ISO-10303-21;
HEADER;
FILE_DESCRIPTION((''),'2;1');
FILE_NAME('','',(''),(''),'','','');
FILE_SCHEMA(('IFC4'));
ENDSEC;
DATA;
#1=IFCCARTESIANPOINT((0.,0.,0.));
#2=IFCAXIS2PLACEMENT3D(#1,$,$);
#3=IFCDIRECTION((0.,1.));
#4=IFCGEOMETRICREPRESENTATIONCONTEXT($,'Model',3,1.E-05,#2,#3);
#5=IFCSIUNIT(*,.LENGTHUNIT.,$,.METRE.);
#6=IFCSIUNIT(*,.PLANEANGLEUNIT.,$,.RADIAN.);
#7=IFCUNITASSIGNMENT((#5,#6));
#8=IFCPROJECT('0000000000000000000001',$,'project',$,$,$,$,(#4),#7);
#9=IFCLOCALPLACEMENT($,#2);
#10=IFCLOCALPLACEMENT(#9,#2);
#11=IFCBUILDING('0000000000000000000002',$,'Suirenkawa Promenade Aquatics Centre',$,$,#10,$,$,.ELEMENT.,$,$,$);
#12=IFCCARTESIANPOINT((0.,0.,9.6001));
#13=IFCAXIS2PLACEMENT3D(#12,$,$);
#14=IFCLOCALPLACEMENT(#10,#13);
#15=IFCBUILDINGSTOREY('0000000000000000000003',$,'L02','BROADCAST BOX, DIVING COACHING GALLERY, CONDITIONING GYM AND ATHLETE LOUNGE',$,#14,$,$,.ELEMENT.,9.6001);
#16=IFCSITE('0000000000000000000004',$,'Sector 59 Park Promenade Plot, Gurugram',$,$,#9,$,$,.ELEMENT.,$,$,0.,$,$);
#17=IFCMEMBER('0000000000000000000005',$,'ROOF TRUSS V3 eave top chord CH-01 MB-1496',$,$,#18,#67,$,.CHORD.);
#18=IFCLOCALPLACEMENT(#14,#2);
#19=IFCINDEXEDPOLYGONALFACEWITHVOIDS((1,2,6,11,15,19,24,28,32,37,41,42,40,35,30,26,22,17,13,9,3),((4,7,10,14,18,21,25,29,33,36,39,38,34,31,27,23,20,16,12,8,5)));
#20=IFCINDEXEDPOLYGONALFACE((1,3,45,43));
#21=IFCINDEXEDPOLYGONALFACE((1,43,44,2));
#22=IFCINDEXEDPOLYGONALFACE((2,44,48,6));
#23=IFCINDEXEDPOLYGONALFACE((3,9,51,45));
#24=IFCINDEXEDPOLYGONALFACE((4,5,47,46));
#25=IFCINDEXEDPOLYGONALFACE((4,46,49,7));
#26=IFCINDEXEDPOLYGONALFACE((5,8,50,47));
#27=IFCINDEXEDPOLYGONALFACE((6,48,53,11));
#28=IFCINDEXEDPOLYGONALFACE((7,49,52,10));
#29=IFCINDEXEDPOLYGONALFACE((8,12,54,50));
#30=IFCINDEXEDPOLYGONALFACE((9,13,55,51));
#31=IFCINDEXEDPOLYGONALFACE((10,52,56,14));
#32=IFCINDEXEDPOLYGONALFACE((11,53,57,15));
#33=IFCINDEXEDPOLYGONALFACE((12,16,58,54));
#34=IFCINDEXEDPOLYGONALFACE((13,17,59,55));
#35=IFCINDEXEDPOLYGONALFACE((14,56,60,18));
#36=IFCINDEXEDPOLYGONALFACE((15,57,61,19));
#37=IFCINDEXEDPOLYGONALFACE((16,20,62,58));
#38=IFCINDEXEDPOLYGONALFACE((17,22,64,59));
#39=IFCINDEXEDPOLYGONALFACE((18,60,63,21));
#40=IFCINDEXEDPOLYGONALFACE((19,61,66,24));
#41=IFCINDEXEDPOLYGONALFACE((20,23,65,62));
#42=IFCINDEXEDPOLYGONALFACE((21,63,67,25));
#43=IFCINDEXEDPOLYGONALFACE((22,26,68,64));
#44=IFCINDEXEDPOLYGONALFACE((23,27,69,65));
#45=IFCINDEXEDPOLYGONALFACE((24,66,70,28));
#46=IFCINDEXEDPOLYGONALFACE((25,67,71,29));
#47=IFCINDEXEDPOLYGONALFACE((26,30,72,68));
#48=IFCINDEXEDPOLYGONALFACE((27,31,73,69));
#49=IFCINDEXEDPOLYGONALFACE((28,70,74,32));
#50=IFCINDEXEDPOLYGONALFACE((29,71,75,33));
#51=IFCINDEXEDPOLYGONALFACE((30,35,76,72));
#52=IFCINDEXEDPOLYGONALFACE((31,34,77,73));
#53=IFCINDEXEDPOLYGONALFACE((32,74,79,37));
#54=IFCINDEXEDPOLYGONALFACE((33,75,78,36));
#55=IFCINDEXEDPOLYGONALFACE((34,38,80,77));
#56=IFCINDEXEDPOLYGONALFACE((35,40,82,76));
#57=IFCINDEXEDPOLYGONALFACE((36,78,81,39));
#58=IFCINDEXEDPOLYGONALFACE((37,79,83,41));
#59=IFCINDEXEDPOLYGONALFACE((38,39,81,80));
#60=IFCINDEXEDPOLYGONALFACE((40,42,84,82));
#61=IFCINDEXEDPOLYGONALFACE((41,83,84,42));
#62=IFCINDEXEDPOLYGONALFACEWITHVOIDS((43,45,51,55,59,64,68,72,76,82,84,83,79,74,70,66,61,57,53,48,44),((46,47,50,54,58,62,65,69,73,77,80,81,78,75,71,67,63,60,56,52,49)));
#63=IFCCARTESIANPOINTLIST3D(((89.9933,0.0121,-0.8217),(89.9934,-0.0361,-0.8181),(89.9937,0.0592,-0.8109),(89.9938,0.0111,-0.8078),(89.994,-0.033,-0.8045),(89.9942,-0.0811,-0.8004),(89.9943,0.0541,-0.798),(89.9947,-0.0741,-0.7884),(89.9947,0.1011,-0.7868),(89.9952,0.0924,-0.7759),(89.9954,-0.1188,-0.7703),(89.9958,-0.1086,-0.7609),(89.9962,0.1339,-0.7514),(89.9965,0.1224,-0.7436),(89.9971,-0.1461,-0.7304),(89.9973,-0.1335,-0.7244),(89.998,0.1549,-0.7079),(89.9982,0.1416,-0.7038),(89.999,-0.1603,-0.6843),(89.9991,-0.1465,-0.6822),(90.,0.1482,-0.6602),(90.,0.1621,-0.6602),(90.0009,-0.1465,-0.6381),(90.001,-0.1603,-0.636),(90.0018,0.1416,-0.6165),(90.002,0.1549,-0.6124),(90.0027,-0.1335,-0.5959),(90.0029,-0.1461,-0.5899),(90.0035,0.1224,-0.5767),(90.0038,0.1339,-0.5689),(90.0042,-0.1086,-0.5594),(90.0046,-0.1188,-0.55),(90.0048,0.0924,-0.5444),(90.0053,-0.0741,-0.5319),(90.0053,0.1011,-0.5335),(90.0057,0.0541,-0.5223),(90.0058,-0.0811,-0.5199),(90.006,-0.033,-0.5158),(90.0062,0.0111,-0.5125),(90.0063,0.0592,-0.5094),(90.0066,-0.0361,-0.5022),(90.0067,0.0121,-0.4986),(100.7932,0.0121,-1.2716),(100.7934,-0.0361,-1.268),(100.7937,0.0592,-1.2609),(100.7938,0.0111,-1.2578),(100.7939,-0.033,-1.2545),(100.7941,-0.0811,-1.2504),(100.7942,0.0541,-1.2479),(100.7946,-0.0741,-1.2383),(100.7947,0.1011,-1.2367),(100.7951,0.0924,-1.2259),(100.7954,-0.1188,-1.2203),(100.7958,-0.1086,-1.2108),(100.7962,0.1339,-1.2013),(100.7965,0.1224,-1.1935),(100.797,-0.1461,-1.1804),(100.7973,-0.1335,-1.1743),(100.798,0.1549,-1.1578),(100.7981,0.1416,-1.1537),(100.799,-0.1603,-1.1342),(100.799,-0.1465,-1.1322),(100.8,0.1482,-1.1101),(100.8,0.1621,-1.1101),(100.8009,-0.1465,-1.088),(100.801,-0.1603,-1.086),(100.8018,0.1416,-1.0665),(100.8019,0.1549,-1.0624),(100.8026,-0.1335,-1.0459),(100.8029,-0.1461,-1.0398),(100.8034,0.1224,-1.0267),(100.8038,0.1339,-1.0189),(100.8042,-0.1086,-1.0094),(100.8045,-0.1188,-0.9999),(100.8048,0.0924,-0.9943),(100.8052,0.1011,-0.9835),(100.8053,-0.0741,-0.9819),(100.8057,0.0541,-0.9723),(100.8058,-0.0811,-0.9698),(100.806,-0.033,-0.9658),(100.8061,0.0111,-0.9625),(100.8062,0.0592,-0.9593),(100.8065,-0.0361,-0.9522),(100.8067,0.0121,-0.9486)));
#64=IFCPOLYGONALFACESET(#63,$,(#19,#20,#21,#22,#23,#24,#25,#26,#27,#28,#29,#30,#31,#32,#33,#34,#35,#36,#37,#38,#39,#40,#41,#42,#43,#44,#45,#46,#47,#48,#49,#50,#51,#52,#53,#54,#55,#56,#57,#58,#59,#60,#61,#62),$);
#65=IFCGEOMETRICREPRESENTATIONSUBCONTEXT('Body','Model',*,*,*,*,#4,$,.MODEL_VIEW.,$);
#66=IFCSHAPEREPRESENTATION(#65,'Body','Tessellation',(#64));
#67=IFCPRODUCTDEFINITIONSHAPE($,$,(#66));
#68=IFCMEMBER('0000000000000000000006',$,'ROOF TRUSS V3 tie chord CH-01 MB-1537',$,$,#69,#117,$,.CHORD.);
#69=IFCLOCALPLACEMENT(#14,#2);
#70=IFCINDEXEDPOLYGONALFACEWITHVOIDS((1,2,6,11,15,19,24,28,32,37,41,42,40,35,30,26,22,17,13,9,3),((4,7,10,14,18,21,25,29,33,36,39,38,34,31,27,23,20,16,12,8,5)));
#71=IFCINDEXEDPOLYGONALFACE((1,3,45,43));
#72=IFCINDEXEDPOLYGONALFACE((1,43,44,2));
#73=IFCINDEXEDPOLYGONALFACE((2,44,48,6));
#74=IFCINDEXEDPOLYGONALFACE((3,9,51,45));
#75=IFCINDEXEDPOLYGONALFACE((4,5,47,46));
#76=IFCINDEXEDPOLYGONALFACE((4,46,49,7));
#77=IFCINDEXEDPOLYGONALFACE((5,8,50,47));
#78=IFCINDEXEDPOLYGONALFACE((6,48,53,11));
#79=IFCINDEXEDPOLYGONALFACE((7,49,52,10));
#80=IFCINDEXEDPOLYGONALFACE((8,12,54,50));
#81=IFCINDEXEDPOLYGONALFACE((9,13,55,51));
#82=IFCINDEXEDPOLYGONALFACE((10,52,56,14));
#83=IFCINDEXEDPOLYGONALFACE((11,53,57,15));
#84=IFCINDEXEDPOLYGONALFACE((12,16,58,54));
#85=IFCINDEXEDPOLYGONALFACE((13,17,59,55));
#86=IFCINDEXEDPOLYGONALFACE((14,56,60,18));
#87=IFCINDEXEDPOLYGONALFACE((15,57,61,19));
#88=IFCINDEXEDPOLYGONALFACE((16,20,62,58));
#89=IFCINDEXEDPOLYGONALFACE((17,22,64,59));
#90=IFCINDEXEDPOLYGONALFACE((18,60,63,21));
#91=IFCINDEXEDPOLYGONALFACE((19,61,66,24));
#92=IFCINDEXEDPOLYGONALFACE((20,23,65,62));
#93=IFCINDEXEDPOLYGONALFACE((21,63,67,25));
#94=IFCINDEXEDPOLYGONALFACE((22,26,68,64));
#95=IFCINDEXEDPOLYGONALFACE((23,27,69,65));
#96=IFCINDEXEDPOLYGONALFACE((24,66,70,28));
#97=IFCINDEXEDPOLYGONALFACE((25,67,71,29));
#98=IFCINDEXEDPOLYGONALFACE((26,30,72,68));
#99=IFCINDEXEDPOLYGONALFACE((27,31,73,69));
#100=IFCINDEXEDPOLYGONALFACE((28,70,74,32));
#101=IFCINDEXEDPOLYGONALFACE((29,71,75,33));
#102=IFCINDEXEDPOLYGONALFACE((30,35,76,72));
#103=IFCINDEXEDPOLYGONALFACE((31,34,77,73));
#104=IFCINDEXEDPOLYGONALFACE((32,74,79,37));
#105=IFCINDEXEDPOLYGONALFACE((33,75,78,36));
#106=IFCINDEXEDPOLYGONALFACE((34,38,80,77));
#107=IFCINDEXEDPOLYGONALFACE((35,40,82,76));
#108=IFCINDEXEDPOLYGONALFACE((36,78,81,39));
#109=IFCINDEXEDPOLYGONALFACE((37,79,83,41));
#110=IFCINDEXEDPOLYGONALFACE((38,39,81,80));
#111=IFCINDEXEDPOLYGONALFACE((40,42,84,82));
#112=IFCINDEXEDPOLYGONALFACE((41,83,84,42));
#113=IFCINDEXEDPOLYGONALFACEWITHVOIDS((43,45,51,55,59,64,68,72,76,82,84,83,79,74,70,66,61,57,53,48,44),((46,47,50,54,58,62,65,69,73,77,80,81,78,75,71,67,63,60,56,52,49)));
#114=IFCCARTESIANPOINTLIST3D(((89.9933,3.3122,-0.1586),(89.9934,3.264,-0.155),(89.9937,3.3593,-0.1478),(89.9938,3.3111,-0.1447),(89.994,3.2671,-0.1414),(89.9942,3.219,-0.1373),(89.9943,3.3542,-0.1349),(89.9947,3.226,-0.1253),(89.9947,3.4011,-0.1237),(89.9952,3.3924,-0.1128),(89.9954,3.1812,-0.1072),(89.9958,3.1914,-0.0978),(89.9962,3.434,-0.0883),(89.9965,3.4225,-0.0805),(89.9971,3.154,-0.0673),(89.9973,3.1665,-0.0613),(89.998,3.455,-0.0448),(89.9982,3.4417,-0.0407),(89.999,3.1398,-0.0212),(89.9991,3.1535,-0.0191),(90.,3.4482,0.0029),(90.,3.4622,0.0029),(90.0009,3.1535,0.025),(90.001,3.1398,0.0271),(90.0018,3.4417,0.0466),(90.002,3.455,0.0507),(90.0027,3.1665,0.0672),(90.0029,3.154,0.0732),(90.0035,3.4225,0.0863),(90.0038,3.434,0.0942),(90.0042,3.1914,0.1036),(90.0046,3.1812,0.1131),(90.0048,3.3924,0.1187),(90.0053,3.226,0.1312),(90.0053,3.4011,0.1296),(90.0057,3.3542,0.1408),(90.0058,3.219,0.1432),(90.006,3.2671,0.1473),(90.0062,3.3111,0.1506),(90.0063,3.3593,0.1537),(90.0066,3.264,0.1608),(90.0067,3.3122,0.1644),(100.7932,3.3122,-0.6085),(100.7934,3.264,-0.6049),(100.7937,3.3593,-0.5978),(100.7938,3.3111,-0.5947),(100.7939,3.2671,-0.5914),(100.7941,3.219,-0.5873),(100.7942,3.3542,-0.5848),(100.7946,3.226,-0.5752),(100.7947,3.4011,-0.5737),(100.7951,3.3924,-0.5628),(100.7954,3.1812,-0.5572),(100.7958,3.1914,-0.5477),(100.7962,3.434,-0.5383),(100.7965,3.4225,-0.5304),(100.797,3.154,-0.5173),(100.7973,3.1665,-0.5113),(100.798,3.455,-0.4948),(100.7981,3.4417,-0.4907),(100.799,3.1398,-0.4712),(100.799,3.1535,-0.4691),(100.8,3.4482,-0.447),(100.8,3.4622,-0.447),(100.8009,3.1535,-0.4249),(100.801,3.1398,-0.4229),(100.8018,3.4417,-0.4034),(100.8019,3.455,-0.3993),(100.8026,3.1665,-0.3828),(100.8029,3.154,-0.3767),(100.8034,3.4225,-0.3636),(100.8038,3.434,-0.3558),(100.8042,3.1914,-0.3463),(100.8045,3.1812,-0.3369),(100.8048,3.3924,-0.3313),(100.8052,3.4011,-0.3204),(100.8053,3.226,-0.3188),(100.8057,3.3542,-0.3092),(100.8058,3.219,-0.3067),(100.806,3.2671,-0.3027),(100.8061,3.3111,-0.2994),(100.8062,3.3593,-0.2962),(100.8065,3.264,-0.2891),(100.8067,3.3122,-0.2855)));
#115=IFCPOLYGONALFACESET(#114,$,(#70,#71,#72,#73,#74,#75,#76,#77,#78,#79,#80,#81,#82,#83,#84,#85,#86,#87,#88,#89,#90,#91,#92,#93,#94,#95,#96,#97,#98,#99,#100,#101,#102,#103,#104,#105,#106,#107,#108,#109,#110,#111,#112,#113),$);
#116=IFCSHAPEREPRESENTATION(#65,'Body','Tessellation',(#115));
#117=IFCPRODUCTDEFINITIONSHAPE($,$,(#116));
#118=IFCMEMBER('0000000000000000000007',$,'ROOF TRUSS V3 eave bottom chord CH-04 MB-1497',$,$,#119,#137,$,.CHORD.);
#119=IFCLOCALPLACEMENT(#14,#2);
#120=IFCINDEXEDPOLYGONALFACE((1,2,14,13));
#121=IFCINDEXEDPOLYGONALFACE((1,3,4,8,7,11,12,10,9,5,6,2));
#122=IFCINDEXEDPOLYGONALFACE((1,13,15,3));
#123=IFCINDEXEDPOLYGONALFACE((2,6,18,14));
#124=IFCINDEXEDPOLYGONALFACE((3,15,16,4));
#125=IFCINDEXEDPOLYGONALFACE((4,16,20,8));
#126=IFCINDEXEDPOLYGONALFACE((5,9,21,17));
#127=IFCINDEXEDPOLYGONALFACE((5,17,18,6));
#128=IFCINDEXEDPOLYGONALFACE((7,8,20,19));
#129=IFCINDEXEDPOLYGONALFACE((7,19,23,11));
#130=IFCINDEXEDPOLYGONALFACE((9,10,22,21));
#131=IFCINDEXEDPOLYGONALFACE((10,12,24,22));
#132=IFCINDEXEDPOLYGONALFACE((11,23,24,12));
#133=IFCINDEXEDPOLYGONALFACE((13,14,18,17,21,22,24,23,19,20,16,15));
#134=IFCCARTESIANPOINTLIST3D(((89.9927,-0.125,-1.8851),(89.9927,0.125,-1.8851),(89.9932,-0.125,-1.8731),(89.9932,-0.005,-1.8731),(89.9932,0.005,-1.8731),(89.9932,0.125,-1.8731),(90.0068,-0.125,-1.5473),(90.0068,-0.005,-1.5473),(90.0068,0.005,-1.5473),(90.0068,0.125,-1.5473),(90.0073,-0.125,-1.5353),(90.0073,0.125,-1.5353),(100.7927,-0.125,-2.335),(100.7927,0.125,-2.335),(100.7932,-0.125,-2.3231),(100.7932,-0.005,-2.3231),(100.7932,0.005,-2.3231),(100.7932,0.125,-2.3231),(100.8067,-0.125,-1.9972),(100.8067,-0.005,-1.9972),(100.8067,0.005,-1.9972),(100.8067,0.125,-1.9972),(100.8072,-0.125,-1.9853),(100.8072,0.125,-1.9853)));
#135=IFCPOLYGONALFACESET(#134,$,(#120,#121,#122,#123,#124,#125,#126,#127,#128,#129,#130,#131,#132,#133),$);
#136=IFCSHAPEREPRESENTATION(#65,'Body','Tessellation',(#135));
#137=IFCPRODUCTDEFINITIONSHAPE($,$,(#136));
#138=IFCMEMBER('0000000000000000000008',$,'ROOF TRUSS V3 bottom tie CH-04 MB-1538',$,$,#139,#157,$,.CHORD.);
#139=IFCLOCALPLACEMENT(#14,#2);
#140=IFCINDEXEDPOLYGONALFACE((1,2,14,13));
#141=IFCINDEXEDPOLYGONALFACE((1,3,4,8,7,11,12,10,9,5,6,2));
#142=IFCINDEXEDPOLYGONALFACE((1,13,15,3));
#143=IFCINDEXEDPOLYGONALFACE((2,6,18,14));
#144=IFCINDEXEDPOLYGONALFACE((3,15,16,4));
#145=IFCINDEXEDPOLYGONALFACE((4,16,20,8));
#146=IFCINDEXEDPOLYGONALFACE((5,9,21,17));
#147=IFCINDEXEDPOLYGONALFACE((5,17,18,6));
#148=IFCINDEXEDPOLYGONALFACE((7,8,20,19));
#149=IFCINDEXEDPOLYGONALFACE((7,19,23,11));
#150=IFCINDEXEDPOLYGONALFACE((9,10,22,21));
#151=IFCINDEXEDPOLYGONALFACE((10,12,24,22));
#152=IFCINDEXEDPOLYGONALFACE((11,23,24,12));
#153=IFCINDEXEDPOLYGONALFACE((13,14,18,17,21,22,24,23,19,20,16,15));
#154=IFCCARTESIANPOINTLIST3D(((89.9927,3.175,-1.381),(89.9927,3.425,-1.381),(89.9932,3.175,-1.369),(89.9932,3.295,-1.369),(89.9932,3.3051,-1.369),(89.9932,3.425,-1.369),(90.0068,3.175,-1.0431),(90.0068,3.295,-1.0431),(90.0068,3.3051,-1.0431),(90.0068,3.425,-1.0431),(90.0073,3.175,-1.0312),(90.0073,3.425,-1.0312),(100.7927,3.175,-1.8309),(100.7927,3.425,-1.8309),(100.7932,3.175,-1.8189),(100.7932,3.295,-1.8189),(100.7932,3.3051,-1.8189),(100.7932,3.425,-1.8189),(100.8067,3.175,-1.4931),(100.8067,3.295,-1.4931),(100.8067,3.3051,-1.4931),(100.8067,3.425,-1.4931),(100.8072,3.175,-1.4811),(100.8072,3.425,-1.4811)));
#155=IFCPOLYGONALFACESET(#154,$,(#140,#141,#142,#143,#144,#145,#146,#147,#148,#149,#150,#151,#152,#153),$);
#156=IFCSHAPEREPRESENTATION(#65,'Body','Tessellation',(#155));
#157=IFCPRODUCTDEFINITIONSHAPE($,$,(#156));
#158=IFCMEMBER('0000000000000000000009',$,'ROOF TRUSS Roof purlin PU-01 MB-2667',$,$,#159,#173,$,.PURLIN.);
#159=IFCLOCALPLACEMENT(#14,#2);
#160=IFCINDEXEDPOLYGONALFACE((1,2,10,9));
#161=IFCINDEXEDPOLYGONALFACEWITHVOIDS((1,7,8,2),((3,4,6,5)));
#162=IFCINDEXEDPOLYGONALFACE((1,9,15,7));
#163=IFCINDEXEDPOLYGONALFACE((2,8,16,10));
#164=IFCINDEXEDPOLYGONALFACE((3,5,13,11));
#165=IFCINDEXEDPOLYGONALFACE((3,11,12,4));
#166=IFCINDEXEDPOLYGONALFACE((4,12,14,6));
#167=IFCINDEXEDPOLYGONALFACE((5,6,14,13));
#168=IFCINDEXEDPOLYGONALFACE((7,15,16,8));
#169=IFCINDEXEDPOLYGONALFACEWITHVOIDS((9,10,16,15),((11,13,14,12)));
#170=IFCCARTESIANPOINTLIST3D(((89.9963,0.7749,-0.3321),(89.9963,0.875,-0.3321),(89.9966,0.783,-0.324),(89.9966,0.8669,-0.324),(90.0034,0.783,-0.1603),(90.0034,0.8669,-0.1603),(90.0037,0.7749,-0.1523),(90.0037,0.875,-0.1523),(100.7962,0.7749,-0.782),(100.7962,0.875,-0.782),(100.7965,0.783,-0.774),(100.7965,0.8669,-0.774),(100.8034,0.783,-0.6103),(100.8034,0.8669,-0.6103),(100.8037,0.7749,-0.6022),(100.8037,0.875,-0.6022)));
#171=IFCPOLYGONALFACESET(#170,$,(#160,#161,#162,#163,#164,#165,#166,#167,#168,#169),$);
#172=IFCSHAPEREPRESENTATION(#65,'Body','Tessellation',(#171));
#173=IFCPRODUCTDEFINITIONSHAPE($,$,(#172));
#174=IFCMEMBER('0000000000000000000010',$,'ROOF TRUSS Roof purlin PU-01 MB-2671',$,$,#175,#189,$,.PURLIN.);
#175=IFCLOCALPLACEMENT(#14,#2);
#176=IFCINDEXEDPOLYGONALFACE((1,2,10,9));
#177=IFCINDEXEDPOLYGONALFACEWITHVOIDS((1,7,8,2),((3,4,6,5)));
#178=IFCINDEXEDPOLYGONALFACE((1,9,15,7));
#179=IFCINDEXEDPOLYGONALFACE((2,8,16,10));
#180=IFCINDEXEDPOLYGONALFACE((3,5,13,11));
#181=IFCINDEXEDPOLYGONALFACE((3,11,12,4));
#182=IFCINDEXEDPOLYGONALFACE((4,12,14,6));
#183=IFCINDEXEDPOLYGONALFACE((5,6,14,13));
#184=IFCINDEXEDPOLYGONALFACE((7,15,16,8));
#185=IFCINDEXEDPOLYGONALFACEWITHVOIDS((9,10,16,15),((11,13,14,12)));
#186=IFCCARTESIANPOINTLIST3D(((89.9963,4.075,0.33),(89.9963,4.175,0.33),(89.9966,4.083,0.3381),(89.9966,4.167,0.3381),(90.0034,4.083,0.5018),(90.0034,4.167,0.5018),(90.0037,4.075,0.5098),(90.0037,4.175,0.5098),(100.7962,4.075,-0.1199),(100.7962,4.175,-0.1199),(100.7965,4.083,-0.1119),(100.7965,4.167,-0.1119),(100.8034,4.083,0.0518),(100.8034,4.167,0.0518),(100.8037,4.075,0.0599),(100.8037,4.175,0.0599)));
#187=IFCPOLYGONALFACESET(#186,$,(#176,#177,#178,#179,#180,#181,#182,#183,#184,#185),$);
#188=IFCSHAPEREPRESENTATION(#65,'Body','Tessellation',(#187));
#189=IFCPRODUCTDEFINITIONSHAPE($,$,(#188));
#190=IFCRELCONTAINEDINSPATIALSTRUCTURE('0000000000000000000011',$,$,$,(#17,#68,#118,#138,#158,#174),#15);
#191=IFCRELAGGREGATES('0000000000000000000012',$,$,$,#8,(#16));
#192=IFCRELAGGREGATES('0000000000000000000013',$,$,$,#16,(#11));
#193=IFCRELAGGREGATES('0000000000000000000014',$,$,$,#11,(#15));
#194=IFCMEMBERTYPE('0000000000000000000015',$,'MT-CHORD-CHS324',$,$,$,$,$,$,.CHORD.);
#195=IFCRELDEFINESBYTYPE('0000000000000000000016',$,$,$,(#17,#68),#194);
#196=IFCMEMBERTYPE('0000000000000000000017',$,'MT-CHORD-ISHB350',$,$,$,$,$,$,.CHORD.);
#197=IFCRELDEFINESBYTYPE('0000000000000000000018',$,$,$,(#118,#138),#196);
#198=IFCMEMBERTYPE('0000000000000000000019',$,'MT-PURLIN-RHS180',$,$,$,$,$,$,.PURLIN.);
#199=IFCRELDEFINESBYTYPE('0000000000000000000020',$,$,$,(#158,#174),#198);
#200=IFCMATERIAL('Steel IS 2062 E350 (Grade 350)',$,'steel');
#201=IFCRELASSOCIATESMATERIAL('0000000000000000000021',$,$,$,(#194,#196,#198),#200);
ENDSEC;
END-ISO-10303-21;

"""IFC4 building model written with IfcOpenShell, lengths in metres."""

from ifc_helpers import new_model, si_unit, direction, frame, origin, origin_2d, place, context, subcontext, project, spatial, hollow_rectangle, hollow_circle, i_section, extrude, material, material_profile, profile_set, type_object, element, save


model = new_model("IFC4")

# Units and contexts
model_context = context("Model", 3, precision=1e-05, world=origin(), true_north=direction((0.0, 1.0)))
body_context = subcontext(model_context, "Body", "Model", "MODEL_VIEW")
ifc_project = project(units=[si_unit("LENGTHUNIT", "METRE"), si_unit("PLANEANGLEUNIT", "RADIAN")], contexts=[model_context])

# Site, building, storey
site_placement = place(None, origin())
site = spatial("IfcSite", under=ifc_project, at=site_placement, Name="Sector 59 Park Promenade Plot, Gurugram", CompositionType="ELEMENT", RefElevation=0.0)
building_placement = place(site_placement, origin())
building = spatial("IfcBuilding", under=site, at=building_placement, Name="Suirenkawa Promenade Aquatics Centre", CompositionType="ELEMENT")
storey_placement = place(building_placement, frame((0.0, 0.0, 9.6001)))
storey = spatial("IfcBuildingStorey", under=building, at=storey_placement, Name="L02", Description="BROADCAST BOX, DIVING COACHING GALLERY, CONDITIONING GYM AND ATHLETE LOUNGE", CompositionType="ELEMENT", Elevation=9.6001)

# Shared definitions
ifc_material_1 = material(Name="Steel IS 2062 E350 (Grade 350)", Category="steel")

# Members
ifc_material_profile_1 = material_profile(ifc_material_1, hollow_circle(Radius=0.1621, WallThickness=0.0139, at=origin_2d()), Name="CHS 324x14", Category="steel")
ifc_profile_set_1 = profile_set([ifc_material_profile_1], Name="Steel IS 2062 E350 (Grade 350)")
member_type_1 = type_object("IfcMemberType", Name="MT-CHORD-CHS324", PredefinedType="CHORD", material=ifc_profile_set_1)
for number, where, z_axis, x_axis, name in (
    (1, (90.0, 0.0, -0.6602), (0.999133, 0.0, -0.041626), (0.0, 1.0, 0.0), "ROOF TRUSS V3 eave top chord CH-01 MB-1496"),
    (2, (90.0, 3.3, 0.0029), (0.999133, 0.0, -0.041626), (0.0, 1.0, 0.0), "ROOF TRUSS V3 tie chord CH-01 MB-1537"),
):
    element("IfcMember", number, at=place(storey_placement, frame(where, z_axis=z_axis, x_axis=x_axis)), inside=storey, type_object=member_type_1, Name=name, PredefinedType="CHORD", context=body_context, shape_type="SweptSolid", body=[
        extrude(hollow_circle(Radius=0.1621, WallThickness=0.0139, at=origin_2d()), origin(), (0.0, 0.0, 1.0), 10.8093),
    ])
ifc_material_profile_2 = material_profile(ifc_material_1, i_section(OverallWidth=0.25, OverallDepth=0.3501, WebThickness=0.01, FlangeThickness=0.012, at=origin_2d()), Name="ISHB 350", Category="steel")
ifc_profile_set_2 = profile_set([ifc_material_profile_2], Name="Steel IS 2062 E350 (Grade 350)")
member_type_2 = type_object("IfcMemberType", Name="MT-CHORD-ISHB350", PredefinedType="CHORD", material=ifc_profile_set_2)
for number, where, z_axis, x_axis, name in (
    (3, (90.0, 0.0, -1.7102), (0.999133, 0.0, -0.041626), (0.0, 1.0, 0.0), "ROOF TRUSS V3 eave bottom chord CH-04 MB-1497"),
    (4, (90.0, 3.3, -1.2061), (0.999133, 0.0, -0.041626), (0.0, 1.0, 0.0), "ROOF TRUSS V3 bottom tie CH-04 MB-1538"),
):
    element("IfcMember", number, at=place(storey_placement, frame(where, z_axis=z_axis, x_axis=x_axis)), inside=storey, type_object=member_type_2, Name=name, PredefinedType="CHORD", context=body_context, shape_type="SweptSolid", body=[
        extrude(i_section(OverallWidth=0.25, OverallDepth=0.3501, WebThickness=0.01, FlangeThickness=0.012, at=origin_2d()), origin(), (0.0, 0.0, 1.0), 10.8093),
    ])
ifc_material_profile_3 = material_profile(ifc_material_1, hollow_rectangle(XDim=0.1001, YDim=0.1799, WallThickness=0.0081, at=origin_2d()), Name="RHS 180x100x8", Category="steel")
ifc_profile_set_3 = profile_set([ifc_material_profile_3], Name="Steel IS 2062 E350 (Grade 350)")
member_type_3 = type_object("IfcMemberType", Name="MT-PURLIN-RHS180", PredefinedType="PURLIN", material=ifc_profile_set_3)
for number, where, z_axis, x_axis, name in (
    (5, (90.0, 0.825, -0.2422), (0.999133, 0.0, -0.041626), (0.0, 1.0, 0.0), "ROOF TRUSS Roof purlin PU-01 MB-2667"),
    (6, (90.0, 4.125, 0.4199), (0.999133, 0.0, -0.041626), (0.0, 1.0, 0.0), "ROOF TRUSS Roof purlin PU-01 MB-2671"),
):
    element("IfcMember", number, at=place(storey_placement, frame(where, z_axis=z_axis, x_axis=x_axis)), inside=storey, type_object=member_type_3, Name=name, PredefinedType="PURLIN", context=body_context, shape_type="SweptSolid", body=[
        extrude(hollow_rectangle(XDim=0.1001, YDim=0.1799, WallThickness=0.0081, at=origin_2d()), origin(), (0.0, 0.0, 1.0), 10.8093),
    ])

save(model, "model.ifc")
